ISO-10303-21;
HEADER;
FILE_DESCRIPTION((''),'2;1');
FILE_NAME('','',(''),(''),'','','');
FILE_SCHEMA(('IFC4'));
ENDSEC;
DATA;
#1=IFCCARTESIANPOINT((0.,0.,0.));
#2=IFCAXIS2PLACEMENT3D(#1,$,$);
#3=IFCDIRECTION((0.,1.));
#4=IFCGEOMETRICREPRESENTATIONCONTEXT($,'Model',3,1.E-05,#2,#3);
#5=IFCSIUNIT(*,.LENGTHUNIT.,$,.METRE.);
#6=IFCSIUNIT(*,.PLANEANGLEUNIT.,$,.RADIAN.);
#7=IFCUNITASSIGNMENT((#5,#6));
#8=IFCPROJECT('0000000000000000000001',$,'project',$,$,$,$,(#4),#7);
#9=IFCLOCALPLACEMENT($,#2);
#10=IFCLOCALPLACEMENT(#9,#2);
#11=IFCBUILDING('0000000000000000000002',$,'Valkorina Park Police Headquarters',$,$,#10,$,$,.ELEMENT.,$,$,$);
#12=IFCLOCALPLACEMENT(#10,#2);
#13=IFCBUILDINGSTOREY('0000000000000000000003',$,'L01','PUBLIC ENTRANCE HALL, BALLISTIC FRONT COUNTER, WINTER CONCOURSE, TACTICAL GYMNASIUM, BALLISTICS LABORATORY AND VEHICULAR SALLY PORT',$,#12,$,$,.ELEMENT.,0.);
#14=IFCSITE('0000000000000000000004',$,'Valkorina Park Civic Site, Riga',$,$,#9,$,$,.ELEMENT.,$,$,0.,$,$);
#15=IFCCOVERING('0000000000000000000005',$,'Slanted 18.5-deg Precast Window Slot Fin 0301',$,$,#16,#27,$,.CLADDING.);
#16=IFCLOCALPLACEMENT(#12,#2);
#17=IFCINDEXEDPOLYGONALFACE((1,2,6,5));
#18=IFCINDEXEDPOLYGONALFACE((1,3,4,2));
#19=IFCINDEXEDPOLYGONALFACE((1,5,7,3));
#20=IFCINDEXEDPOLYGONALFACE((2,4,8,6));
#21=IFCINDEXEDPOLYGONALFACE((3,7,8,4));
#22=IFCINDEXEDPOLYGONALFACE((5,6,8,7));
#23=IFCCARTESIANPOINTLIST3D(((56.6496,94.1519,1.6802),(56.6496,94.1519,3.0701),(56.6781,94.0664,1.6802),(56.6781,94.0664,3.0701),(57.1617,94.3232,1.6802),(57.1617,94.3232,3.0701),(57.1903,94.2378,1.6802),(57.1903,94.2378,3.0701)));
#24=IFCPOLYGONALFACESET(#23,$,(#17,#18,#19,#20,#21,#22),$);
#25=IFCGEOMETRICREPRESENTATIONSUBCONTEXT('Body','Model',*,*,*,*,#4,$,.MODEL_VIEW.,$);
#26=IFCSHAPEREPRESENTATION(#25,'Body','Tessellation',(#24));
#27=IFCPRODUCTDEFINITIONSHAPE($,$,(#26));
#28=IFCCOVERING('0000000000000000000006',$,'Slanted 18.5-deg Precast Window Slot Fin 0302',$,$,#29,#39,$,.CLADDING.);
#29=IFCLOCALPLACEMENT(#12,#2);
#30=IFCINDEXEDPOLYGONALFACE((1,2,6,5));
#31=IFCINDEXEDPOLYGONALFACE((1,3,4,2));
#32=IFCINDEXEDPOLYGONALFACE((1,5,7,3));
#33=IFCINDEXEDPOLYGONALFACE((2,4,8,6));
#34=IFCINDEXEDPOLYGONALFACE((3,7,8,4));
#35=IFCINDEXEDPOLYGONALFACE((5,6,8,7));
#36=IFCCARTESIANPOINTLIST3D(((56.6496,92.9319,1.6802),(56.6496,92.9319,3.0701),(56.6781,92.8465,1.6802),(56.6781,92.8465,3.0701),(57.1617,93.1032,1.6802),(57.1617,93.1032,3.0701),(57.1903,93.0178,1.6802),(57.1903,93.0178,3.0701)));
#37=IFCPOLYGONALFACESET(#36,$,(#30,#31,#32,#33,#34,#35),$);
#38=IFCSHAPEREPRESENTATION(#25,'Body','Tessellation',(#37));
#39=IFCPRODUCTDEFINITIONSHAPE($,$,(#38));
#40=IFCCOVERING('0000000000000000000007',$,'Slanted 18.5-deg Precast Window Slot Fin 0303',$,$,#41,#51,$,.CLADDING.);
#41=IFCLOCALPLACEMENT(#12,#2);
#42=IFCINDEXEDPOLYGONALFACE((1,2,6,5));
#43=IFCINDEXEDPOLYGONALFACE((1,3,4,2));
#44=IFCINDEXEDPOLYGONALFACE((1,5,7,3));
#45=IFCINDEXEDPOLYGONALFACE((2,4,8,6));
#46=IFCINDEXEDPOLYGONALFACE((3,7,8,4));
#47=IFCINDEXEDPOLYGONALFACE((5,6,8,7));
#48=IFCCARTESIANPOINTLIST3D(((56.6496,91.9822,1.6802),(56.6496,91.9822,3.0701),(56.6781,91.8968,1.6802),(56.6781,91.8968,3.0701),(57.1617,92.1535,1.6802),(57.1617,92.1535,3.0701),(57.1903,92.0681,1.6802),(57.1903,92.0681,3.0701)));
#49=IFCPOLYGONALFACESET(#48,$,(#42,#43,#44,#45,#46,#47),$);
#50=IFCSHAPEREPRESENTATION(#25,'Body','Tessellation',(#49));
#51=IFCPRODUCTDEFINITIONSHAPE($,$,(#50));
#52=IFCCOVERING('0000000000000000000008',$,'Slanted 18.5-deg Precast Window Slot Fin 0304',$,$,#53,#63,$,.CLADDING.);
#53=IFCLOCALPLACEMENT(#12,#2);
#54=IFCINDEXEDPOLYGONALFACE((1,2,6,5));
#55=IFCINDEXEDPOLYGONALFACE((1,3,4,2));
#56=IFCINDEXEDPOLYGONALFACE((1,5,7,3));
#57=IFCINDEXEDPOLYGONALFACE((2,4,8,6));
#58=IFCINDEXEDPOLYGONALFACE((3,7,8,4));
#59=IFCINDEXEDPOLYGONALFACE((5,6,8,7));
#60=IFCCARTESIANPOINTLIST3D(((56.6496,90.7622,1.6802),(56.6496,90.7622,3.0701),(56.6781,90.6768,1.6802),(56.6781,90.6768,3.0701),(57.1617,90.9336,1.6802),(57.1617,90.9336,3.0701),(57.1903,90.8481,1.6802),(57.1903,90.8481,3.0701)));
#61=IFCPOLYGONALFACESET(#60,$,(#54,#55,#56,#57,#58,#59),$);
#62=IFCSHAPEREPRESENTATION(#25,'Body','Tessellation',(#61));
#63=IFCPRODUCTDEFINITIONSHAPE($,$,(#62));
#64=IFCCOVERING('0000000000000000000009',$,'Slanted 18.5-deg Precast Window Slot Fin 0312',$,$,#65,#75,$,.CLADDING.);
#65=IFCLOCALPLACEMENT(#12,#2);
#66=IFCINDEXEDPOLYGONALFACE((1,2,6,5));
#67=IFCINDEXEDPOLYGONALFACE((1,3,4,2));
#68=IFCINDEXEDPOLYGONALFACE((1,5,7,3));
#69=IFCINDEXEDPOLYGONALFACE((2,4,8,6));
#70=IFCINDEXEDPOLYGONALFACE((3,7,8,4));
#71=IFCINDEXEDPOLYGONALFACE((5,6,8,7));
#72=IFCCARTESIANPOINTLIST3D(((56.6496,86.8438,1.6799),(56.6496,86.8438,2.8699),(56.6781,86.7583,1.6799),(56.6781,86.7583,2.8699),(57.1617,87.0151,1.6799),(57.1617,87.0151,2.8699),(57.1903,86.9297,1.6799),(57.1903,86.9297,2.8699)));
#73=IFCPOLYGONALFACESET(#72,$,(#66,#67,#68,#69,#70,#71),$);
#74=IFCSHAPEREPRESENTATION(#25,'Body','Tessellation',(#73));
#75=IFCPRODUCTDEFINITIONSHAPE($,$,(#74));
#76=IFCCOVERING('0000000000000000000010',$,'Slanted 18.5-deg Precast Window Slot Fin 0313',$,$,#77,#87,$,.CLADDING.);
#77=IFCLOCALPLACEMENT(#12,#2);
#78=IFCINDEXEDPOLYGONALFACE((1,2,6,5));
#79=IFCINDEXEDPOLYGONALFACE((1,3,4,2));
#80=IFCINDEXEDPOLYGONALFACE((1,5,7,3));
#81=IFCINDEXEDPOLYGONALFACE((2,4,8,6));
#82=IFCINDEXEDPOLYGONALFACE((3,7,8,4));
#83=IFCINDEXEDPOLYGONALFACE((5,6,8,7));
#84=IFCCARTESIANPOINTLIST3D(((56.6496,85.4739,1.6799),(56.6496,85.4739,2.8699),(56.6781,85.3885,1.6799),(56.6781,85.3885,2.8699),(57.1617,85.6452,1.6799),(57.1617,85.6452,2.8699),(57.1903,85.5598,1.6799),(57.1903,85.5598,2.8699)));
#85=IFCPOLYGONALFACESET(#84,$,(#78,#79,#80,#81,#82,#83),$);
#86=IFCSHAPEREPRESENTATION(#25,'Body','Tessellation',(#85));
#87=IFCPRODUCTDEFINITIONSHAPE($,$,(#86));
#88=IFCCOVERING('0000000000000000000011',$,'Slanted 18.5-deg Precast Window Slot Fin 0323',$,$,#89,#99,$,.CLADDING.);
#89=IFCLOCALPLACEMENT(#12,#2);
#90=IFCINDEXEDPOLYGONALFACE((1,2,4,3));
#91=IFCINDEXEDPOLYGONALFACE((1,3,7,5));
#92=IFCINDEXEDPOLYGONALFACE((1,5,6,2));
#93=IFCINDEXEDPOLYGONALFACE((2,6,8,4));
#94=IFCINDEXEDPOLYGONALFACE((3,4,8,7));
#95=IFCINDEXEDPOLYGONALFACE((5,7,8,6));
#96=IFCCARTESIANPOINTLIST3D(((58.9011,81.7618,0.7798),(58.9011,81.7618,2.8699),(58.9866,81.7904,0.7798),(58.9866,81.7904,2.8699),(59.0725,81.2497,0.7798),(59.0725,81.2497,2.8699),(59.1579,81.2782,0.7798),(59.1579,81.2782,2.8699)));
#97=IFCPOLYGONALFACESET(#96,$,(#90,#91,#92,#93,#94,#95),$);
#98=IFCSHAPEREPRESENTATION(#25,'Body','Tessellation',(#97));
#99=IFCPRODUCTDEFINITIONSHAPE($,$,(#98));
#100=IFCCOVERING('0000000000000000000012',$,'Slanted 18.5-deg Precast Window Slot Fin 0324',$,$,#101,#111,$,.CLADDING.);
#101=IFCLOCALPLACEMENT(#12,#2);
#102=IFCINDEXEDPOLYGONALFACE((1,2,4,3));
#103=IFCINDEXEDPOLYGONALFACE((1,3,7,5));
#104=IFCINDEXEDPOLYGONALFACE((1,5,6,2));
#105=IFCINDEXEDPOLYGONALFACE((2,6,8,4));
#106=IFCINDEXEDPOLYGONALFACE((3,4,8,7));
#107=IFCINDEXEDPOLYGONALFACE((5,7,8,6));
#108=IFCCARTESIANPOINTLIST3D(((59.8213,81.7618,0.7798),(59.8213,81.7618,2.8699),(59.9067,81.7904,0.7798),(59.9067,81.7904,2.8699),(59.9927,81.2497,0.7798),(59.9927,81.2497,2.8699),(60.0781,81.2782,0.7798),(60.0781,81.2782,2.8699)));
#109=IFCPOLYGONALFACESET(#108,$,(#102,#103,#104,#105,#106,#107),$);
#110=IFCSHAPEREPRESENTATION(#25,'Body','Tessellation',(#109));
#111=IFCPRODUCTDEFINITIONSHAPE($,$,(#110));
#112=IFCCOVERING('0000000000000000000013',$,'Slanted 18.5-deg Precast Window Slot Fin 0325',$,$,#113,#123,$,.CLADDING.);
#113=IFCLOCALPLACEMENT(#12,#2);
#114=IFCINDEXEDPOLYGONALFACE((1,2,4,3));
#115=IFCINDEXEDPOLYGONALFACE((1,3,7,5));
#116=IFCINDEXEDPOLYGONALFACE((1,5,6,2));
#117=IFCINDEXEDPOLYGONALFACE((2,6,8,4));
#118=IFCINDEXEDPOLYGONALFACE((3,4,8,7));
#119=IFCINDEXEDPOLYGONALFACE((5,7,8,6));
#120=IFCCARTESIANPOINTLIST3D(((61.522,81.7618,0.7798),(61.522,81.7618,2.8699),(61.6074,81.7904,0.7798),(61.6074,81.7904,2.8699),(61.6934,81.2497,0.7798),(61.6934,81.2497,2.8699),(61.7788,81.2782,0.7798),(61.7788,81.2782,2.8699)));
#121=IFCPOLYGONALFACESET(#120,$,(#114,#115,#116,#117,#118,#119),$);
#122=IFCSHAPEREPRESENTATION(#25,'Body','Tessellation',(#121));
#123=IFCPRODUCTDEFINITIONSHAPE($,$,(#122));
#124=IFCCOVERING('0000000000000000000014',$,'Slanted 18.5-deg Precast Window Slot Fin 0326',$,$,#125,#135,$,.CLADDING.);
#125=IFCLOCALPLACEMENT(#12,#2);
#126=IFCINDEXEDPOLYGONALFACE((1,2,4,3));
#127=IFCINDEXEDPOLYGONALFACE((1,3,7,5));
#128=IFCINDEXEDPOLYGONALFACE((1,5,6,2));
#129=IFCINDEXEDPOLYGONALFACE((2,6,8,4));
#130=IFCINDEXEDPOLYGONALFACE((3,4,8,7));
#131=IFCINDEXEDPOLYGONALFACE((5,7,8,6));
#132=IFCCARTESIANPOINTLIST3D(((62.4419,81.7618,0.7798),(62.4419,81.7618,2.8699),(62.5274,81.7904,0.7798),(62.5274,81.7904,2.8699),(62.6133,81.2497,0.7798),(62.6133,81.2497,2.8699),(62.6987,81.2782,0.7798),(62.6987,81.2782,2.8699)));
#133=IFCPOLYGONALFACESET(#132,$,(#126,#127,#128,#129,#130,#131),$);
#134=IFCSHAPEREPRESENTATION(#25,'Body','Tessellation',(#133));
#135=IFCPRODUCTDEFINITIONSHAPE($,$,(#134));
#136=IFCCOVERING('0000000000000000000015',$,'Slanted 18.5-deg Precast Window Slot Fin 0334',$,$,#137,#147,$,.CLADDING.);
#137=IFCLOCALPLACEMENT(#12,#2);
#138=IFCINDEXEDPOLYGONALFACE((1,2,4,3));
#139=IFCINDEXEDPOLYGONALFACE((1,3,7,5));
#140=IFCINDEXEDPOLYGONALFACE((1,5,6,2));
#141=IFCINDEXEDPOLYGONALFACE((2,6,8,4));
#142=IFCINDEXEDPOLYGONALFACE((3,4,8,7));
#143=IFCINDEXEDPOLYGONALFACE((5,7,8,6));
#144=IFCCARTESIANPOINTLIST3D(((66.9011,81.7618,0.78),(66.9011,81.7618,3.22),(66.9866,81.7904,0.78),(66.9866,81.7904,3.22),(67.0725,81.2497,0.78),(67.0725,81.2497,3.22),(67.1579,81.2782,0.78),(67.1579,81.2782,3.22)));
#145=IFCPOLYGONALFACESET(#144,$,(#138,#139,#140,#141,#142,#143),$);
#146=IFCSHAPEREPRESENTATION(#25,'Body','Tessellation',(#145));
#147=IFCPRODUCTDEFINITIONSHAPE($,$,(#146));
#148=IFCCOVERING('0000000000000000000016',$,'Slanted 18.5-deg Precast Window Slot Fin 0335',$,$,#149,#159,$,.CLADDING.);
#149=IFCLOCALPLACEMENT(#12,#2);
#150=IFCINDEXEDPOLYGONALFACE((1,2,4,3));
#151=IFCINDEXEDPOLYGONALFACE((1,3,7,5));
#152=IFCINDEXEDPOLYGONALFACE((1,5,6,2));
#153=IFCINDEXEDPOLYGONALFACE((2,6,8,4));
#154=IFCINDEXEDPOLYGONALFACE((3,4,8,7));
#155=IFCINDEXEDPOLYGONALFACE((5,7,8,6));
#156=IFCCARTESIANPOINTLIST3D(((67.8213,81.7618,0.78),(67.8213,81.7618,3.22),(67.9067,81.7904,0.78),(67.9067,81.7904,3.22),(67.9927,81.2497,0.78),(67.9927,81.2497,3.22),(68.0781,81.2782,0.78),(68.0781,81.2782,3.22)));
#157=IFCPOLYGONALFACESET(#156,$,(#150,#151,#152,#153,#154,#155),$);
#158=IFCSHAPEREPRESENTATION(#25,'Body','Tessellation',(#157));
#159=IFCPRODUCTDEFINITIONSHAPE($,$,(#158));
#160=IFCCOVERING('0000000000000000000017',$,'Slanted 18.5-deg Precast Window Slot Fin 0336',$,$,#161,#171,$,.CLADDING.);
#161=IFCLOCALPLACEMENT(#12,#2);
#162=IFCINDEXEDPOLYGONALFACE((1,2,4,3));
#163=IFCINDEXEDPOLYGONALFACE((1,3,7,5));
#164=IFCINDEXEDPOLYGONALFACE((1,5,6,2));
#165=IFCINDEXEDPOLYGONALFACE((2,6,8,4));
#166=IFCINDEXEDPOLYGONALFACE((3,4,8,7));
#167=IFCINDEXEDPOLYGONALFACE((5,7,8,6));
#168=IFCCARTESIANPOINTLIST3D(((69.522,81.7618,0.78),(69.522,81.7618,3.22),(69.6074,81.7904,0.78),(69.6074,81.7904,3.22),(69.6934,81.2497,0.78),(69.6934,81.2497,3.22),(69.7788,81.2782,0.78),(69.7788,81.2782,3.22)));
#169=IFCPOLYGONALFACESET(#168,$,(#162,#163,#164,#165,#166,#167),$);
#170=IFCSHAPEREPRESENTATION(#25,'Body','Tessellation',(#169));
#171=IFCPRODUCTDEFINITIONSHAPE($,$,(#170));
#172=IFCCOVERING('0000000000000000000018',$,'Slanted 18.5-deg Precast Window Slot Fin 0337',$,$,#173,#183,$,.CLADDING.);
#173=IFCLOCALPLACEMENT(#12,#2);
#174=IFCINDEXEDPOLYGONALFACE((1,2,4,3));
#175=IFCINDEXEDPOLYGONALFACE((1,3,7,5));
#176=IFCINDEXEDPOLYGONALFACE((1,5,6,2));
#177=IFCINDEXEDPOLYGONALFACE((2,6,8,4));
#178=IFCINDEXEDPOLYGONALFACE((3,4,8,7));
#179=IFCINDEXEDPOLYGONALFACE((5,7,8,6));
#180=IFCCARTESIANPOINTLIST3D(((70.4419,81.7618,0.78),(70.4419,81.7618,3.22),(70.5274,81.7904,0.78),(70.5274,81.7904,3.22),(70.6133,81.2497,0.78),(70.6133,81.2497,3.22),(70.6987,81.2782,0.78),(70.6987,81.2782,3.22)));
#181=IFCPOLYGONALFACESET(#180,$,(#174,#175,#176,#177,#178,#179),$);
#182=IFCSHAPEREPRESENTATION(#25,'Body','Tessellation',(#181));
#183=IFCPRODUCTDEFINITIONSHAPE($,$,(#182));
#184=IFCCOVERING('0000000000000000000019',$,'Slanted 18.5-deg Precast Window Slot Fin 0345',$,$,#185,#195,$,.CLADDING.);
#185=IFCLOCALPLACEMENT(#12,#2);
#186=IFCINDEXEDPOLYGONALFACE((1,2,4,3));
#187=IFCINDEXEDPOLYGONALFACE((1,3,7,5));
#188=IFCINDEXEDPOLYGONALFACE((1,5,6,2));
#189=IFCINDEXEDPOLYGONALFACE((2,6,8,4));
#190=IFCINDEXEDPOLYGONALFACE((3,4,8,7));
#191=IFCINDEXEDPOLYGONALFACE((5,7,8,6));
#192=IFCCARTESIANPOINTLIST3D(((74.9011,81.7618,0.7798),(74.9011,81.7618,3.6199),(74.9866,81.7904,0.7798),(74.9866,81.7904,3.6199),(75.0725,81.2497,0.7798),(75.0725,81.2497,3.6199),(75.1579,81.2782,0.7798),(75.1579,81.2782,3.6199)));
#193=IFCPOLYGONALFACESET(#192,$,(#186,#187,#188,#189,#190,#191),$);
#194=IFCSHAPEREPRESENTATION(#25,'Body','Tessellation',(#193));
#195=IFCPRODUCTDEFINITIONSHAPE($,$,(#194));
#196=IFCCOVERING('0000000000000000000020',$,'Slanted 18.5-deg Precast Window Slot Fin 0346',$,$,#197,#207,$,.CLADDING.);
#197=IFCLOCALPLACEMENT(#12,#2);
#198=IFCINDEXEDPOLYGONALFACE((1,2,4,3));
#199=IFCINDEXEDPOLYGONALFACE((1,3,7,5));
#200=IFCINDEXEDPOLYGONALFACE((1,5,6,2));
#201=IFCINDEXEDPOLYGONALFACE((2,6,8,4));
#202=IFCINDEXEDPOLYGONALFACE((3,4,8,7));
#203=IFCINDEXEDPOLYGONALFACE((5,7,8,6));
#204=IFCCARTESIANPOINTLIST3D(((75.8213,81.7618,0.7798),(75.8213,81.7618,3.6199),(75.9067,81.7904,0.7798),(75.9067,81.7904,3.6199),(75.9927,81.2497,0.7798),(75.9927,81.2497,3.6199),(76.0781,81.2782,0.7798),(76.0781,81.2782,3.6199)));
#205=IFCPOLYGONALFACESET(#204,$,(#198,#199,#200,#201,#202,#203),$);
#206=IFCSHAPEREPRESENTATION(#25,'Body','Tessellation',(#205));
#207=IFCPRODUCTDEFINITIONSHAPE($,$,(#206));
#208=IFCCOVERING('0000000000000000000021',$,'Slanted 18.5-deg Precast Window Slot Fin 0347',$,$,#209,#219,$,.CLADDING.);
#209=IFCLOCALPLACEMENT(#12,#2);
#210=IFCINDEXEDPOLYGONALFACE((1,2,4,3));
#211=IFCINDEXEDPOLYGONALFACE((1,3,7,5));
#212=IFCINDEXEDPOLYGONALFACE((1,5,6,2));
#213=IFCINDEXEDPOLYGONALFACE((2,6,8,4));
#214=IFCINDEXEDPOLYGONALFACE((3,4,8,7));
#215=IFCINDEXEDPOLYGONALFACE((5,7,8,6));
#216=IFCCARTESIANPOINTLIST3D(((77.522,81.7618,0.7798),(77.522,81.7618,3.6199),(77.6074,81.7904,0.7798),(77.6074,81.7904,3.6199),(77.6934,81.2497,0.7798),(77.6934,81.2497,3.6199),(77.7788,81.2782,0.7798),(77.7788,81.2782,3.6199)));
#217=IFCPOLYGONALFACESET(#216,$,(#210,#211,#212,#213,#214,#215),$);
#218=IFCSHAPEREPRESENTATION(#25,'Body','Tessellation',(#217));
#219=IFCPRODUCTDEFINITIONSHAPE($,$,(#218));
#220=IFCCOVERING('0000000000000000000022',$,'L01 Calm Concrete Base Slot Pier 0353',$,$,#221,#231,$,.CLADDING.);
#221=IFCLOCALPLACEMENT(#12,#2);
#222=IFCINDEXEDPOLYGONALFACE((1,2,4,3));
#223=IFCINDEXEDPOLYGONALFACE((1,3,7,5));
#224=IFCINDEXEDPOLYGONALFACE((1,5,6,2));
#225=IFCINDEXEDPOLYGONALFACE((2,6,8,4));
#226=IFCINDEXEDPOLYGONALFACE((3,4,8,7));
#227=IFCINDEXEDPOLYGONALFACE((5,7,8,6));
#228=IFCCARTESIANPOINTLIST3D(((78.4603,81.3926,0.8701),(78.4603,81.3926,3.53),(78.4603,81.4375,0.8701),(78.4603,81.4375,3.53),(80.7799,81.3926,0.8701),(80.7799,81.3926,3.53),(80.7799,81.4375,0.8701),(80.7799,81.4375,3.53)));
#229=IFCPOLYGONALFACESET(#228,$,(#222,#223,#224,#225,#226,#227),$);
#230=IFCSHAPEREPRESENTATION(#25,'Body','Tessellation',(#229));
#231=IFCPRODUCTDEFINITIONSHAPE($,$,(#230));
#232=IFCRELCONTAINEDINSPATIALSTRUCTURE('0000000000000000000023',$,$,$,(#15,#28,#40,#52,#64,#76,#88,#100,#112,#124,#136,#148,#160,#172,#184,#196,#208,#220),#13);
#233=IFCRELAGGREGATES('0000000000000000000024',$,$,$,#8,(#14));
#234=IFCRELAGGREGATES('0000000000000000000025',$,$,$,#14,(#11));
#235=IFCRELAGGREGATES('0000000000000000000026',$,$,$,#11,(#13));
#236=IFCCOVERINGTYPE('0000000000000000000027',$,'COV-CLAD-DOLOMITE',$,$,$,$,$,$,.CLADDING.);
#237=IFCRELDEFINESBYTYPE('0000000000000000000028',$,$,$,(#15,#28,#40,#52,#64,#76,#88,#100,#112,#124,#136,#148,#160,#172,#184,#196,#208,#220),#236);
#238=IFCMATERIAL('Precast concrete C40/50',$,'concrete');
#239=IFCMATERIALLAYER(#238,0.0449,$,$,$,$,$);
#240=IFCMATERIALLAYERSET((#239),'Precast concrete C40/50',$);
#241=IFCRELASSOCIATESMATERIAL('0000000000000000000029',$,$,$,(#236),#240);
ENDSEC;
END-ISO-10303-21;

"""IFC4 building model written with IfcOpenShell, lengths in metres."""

from ifc_helpers import new_model, si_unit, direction, frame, frame_2d, origin, origin_2d, place, context, subcontext, project, spatial, rectangle, extrude, material, layer, layer_set, type_object, element, save


model = new_model("IFC4")

# Units and contexts
model_context = context("Model", 3, precision=1e-05, world=origin(), true_north=direction((0.0, 1.0)))
body_context = subcontext(model_context, "Body", "Model", "MODEL_VIEW")
ifc_project = project(units=[si_unit("LENGTHUNIT", "METRE"), si_unit("PLANEANGLEUNIT", "RADIAN")], contexts=[model_context])

# Site, building, storey
site_placement = place(None, origin())
site = spatial("IfcSite", under=ifc_project, at=site_placement, Name="Valkorina Park Civic Site, Riga", CompositionType="ELEMENT", RefElevation=0.0)
building_placement = place(site_placement, origin())
building = spatial("IfcBuilding", under=site, at=building_placement, Name="Valkorina Park Police Headquarters", CompositionType="ELEMENT")
storey_placement = place(building_placement, origin())
storey = spatial("IfcBuildingStorey", under=building, at=storey_placement, Name="L01", Description="PUBLIC ENTRANCE HALL, BALLISTIC FRONT COUNTER, WINTER CONCOURSE, TACTICAL GYMNASIUM, BALLISTICS LABORATORY AND VEHICULAR SALLY PORT", CompositionType="ELEMENT", Elevation=0.0)

# Coverings
ifc_material = material(Name="Precast concrete C40/50", Category="concrete")
ifc_layer = layer(ifc_material, 0.0449)
ifc_layer_set = layer_set([ifc_layer], Name="Precast concrete C40/50")
covering_type = type_object("IfcCoveringType", Name="COV-CLAD-DOLOMITE", PredefinedType="CLADDING", material=ifc_layer_set)
for number, where, z_axis, x_axis, name in (
    (1, (56.9199, 94.1948, 1.6802), (0.0, 0.0, 1.0), (0.948324, 0.317305, 0.0), "Slanted 18.5-deg Precast Window Slot Fin 0301"),
    (2, (56.9199, 92.9749, 1.6802), (0.0, 0.0, 1.0), (0.948324, 0.317305, 0.0), "Slanted 18.5-deg Precast Window Slot Fin 0302"),
    (3, (56.9199, 92.0251, 1.6802), (0.0, 0.0, 1.0), (0.948324, 0.317305, 0.0), "Slanted 18.5-deg Precast Window Slot Fin 0303"),
    (4, (56.9199, 90.8052, 1.6802), (0.0, 0.0, 1.0), (0.948324, 0.317305, 0.0), "Slanted 18.5-deg Precast Window Slot Fin 0304"),
):
    element("IfcCovering", number, at=place(storey_placement, frame(where, z_axis=z_axis, x_axis=x_axis)), inside=storey, type_object=covering_type, Name=name, PredefinedType="CLADDING", context=body_context, shape_type="SweptSolid", body=[
        extrude(rectangle(XDim=0.54, YDim=0.0901, at=origin_2d()), origin(), (0.0, 0.0, 1.0), 1.3899),
    ])
for number, where, z_axis, x_axis, name in (
    (5, (56.9199, 86.8867, 1.6799), (0.0, 0.0, 1.0), (0.948324, 0.317305, 0.0), "Slanted 18.5-deg Precast Window Slot Fin 0312"),
    (6, (56.9199, 85.5168, 1.6799), (0.0, 0.0, 1.0), (0.948324, 0.317305, 0.0), "Slanted 18.5-deg Precast Window Slot Fin 0313"),
):
    element("IfcCovering", number, at=place(storey_placement, frame(where, z_axis=z_axis, x_axis=x_axis)), inside=storey, type_object=covering_type, Name=name, PredefinedType="CLADDING", context=body_context, shape_type="SweptSolid", body=[
        extrude(rectangle(XDim=0.54, YDim=0.0901, at=origin_2d()), origin(), (0.0, 0.0, 1.0), 1.1899),
    ])
for number, where, z_axis, x_axis, name in (
    (7, (59.0295, 81.52, 0.7798), (0.0, 0.0, 1.0), (-0.317305, 0.948324, 0.0), "Slanted 18.5-deg Precast Window Slot Fin 0323"),
    (8, (59.9497, 81.52, 0.7798), (0.0, 0.0, 1.0), (-0.317305, 0.948324, 0.0), "Slanted 18.5-deg Precast Window Slot Fin 0324"),
    (9, (61.6504, 81.52, 0.7798), (0.0, 0.0, 1.0), (-0.317305, 0.948324, 0.0), "Slanted 18.5-deg Precast Window Slot Fin 0325"),
    (10, (62.5703, 81.52, 0.7798), (0.0, 0.0, 1.0), (-0.317305, 0.948324, 0.0), "Slanted 18.5-deg Precast Window Slot Fin 0326"),
):
    element("IfcCovering", number, at=place(storey_placement, frame(where, z_axis=z_axis, x_axis=x_axis)), inside=storey, type_object=covering_type, Name=name, PredefinedType="CLADDING", context=body_context, shape_type="SweptSolid", body=[
        extrude(rectangle(XDim=0.54, YDim=0.0901, at=origin_2d()), origin(), (0.0, 0.0, 1.0), 2.0901),
    ])
for number, where, z_axis, x_axis, name in (
    (11, (67.0295, 81.52, 0.78), (0.0, 0.0, 1.0), (-0.317305, 0.948324, 0.0), "Slanted 18.5-deg Precast Window Slot Fin 0334"),
    (12, (67.9497, 81.52, 0.78), (0.0, 0.0, 1.0), (-0.317305, 0.948324, 0.0), "Slanted 18.5-deg Precast Window Slot Fin 0335"),
    (13, (69.6504, 81.52, 0.78), (0.0, 0.0, 1.0), (-0.317305, 0.948324, 0.0), "Slanted 18.5-deg Precast Window Slot Fin 0336"),
    (14, (70.5703, 81.52, 0.78), (0.0, 0.0, 1.0), (-0.317305, 0.948324, 0.0), "Slanted 18.5-deg Precast Window Slot Fin 0337"),
):
    element("IfcCovering", number, at=place(storey_placement, frame(where, z_axis=z_axis, x_axis=x_axis)), inside=storey, type_object=covering_type, Name=name, PredefinedType="CLADDING", context=body_context, shape_type="SweptSolid", body=[
        extrude(rectangle(XDim=0.54, YDim=0.0901, at=origin_2d()), origin(), (0.0, 0.0, 1.0), 2.4399),
    ])
for number, where, z_axis, x_axis, name in (
    (15, (75.0295, 81.52, 0.7798), (0.0, 0.0, 1.0), (-0.317305, 0.948324, 0.0), "Slanted 18.5-deg Precast Window Slot Fin 0345"),
    (16, (75.9497, 81.52, 0.7798), (0.0, 0.0, 1.0), (-0.317305, 0.948324, 0.0), "Slanted 18.5-deg Precast Window Slot Fin 0346"),
    (17, (77.6504, 81.52, 0.7798), (0.0, 0.0, 1.0), (-0.317305, 0.948324, 0.0), "Slanted 18.5-deg Precast Window Slot Fin 0347"),
):
    element("IfcCovering", number, at=place(storey_placement, frame(where, z_axis=z_axis, x_axis=x_axis)), inside=storey, type_object=covering_type, Name=name, PredefinedType="CLADDING", context=body_context, shape_type="SweptSolid", body=[
        extrude(rectangle(XDim=0.54, YDim=0.0901, at=origin_2d()), origin(), (0.0, 0.0, 1.0), 2.8401),
    ])
covering_placement = place(storey_placement, frame((78.4604, 81.415, 0.8701), z_axis=(0.0, 0.0, 1.0), x_axis=(1.0, 0.0, 0.0)))
element("IfcCovering", 18, at=covering_placement, inside=storey, type_object=covering_type, Name="L01 Calm Concrete Base Slot Pier 0353", PredefinedType="CLADDING", context=body_context, shape_type="SweptSolid", body=[
    extrude(rectangle(XDim=2.3196, YDim=0.0449, at=frame_2d((1.1597, 0.0))), origin(), (0.0, 0.0, 1.0), 2.6599),
])

save(model, "model.ifc")
